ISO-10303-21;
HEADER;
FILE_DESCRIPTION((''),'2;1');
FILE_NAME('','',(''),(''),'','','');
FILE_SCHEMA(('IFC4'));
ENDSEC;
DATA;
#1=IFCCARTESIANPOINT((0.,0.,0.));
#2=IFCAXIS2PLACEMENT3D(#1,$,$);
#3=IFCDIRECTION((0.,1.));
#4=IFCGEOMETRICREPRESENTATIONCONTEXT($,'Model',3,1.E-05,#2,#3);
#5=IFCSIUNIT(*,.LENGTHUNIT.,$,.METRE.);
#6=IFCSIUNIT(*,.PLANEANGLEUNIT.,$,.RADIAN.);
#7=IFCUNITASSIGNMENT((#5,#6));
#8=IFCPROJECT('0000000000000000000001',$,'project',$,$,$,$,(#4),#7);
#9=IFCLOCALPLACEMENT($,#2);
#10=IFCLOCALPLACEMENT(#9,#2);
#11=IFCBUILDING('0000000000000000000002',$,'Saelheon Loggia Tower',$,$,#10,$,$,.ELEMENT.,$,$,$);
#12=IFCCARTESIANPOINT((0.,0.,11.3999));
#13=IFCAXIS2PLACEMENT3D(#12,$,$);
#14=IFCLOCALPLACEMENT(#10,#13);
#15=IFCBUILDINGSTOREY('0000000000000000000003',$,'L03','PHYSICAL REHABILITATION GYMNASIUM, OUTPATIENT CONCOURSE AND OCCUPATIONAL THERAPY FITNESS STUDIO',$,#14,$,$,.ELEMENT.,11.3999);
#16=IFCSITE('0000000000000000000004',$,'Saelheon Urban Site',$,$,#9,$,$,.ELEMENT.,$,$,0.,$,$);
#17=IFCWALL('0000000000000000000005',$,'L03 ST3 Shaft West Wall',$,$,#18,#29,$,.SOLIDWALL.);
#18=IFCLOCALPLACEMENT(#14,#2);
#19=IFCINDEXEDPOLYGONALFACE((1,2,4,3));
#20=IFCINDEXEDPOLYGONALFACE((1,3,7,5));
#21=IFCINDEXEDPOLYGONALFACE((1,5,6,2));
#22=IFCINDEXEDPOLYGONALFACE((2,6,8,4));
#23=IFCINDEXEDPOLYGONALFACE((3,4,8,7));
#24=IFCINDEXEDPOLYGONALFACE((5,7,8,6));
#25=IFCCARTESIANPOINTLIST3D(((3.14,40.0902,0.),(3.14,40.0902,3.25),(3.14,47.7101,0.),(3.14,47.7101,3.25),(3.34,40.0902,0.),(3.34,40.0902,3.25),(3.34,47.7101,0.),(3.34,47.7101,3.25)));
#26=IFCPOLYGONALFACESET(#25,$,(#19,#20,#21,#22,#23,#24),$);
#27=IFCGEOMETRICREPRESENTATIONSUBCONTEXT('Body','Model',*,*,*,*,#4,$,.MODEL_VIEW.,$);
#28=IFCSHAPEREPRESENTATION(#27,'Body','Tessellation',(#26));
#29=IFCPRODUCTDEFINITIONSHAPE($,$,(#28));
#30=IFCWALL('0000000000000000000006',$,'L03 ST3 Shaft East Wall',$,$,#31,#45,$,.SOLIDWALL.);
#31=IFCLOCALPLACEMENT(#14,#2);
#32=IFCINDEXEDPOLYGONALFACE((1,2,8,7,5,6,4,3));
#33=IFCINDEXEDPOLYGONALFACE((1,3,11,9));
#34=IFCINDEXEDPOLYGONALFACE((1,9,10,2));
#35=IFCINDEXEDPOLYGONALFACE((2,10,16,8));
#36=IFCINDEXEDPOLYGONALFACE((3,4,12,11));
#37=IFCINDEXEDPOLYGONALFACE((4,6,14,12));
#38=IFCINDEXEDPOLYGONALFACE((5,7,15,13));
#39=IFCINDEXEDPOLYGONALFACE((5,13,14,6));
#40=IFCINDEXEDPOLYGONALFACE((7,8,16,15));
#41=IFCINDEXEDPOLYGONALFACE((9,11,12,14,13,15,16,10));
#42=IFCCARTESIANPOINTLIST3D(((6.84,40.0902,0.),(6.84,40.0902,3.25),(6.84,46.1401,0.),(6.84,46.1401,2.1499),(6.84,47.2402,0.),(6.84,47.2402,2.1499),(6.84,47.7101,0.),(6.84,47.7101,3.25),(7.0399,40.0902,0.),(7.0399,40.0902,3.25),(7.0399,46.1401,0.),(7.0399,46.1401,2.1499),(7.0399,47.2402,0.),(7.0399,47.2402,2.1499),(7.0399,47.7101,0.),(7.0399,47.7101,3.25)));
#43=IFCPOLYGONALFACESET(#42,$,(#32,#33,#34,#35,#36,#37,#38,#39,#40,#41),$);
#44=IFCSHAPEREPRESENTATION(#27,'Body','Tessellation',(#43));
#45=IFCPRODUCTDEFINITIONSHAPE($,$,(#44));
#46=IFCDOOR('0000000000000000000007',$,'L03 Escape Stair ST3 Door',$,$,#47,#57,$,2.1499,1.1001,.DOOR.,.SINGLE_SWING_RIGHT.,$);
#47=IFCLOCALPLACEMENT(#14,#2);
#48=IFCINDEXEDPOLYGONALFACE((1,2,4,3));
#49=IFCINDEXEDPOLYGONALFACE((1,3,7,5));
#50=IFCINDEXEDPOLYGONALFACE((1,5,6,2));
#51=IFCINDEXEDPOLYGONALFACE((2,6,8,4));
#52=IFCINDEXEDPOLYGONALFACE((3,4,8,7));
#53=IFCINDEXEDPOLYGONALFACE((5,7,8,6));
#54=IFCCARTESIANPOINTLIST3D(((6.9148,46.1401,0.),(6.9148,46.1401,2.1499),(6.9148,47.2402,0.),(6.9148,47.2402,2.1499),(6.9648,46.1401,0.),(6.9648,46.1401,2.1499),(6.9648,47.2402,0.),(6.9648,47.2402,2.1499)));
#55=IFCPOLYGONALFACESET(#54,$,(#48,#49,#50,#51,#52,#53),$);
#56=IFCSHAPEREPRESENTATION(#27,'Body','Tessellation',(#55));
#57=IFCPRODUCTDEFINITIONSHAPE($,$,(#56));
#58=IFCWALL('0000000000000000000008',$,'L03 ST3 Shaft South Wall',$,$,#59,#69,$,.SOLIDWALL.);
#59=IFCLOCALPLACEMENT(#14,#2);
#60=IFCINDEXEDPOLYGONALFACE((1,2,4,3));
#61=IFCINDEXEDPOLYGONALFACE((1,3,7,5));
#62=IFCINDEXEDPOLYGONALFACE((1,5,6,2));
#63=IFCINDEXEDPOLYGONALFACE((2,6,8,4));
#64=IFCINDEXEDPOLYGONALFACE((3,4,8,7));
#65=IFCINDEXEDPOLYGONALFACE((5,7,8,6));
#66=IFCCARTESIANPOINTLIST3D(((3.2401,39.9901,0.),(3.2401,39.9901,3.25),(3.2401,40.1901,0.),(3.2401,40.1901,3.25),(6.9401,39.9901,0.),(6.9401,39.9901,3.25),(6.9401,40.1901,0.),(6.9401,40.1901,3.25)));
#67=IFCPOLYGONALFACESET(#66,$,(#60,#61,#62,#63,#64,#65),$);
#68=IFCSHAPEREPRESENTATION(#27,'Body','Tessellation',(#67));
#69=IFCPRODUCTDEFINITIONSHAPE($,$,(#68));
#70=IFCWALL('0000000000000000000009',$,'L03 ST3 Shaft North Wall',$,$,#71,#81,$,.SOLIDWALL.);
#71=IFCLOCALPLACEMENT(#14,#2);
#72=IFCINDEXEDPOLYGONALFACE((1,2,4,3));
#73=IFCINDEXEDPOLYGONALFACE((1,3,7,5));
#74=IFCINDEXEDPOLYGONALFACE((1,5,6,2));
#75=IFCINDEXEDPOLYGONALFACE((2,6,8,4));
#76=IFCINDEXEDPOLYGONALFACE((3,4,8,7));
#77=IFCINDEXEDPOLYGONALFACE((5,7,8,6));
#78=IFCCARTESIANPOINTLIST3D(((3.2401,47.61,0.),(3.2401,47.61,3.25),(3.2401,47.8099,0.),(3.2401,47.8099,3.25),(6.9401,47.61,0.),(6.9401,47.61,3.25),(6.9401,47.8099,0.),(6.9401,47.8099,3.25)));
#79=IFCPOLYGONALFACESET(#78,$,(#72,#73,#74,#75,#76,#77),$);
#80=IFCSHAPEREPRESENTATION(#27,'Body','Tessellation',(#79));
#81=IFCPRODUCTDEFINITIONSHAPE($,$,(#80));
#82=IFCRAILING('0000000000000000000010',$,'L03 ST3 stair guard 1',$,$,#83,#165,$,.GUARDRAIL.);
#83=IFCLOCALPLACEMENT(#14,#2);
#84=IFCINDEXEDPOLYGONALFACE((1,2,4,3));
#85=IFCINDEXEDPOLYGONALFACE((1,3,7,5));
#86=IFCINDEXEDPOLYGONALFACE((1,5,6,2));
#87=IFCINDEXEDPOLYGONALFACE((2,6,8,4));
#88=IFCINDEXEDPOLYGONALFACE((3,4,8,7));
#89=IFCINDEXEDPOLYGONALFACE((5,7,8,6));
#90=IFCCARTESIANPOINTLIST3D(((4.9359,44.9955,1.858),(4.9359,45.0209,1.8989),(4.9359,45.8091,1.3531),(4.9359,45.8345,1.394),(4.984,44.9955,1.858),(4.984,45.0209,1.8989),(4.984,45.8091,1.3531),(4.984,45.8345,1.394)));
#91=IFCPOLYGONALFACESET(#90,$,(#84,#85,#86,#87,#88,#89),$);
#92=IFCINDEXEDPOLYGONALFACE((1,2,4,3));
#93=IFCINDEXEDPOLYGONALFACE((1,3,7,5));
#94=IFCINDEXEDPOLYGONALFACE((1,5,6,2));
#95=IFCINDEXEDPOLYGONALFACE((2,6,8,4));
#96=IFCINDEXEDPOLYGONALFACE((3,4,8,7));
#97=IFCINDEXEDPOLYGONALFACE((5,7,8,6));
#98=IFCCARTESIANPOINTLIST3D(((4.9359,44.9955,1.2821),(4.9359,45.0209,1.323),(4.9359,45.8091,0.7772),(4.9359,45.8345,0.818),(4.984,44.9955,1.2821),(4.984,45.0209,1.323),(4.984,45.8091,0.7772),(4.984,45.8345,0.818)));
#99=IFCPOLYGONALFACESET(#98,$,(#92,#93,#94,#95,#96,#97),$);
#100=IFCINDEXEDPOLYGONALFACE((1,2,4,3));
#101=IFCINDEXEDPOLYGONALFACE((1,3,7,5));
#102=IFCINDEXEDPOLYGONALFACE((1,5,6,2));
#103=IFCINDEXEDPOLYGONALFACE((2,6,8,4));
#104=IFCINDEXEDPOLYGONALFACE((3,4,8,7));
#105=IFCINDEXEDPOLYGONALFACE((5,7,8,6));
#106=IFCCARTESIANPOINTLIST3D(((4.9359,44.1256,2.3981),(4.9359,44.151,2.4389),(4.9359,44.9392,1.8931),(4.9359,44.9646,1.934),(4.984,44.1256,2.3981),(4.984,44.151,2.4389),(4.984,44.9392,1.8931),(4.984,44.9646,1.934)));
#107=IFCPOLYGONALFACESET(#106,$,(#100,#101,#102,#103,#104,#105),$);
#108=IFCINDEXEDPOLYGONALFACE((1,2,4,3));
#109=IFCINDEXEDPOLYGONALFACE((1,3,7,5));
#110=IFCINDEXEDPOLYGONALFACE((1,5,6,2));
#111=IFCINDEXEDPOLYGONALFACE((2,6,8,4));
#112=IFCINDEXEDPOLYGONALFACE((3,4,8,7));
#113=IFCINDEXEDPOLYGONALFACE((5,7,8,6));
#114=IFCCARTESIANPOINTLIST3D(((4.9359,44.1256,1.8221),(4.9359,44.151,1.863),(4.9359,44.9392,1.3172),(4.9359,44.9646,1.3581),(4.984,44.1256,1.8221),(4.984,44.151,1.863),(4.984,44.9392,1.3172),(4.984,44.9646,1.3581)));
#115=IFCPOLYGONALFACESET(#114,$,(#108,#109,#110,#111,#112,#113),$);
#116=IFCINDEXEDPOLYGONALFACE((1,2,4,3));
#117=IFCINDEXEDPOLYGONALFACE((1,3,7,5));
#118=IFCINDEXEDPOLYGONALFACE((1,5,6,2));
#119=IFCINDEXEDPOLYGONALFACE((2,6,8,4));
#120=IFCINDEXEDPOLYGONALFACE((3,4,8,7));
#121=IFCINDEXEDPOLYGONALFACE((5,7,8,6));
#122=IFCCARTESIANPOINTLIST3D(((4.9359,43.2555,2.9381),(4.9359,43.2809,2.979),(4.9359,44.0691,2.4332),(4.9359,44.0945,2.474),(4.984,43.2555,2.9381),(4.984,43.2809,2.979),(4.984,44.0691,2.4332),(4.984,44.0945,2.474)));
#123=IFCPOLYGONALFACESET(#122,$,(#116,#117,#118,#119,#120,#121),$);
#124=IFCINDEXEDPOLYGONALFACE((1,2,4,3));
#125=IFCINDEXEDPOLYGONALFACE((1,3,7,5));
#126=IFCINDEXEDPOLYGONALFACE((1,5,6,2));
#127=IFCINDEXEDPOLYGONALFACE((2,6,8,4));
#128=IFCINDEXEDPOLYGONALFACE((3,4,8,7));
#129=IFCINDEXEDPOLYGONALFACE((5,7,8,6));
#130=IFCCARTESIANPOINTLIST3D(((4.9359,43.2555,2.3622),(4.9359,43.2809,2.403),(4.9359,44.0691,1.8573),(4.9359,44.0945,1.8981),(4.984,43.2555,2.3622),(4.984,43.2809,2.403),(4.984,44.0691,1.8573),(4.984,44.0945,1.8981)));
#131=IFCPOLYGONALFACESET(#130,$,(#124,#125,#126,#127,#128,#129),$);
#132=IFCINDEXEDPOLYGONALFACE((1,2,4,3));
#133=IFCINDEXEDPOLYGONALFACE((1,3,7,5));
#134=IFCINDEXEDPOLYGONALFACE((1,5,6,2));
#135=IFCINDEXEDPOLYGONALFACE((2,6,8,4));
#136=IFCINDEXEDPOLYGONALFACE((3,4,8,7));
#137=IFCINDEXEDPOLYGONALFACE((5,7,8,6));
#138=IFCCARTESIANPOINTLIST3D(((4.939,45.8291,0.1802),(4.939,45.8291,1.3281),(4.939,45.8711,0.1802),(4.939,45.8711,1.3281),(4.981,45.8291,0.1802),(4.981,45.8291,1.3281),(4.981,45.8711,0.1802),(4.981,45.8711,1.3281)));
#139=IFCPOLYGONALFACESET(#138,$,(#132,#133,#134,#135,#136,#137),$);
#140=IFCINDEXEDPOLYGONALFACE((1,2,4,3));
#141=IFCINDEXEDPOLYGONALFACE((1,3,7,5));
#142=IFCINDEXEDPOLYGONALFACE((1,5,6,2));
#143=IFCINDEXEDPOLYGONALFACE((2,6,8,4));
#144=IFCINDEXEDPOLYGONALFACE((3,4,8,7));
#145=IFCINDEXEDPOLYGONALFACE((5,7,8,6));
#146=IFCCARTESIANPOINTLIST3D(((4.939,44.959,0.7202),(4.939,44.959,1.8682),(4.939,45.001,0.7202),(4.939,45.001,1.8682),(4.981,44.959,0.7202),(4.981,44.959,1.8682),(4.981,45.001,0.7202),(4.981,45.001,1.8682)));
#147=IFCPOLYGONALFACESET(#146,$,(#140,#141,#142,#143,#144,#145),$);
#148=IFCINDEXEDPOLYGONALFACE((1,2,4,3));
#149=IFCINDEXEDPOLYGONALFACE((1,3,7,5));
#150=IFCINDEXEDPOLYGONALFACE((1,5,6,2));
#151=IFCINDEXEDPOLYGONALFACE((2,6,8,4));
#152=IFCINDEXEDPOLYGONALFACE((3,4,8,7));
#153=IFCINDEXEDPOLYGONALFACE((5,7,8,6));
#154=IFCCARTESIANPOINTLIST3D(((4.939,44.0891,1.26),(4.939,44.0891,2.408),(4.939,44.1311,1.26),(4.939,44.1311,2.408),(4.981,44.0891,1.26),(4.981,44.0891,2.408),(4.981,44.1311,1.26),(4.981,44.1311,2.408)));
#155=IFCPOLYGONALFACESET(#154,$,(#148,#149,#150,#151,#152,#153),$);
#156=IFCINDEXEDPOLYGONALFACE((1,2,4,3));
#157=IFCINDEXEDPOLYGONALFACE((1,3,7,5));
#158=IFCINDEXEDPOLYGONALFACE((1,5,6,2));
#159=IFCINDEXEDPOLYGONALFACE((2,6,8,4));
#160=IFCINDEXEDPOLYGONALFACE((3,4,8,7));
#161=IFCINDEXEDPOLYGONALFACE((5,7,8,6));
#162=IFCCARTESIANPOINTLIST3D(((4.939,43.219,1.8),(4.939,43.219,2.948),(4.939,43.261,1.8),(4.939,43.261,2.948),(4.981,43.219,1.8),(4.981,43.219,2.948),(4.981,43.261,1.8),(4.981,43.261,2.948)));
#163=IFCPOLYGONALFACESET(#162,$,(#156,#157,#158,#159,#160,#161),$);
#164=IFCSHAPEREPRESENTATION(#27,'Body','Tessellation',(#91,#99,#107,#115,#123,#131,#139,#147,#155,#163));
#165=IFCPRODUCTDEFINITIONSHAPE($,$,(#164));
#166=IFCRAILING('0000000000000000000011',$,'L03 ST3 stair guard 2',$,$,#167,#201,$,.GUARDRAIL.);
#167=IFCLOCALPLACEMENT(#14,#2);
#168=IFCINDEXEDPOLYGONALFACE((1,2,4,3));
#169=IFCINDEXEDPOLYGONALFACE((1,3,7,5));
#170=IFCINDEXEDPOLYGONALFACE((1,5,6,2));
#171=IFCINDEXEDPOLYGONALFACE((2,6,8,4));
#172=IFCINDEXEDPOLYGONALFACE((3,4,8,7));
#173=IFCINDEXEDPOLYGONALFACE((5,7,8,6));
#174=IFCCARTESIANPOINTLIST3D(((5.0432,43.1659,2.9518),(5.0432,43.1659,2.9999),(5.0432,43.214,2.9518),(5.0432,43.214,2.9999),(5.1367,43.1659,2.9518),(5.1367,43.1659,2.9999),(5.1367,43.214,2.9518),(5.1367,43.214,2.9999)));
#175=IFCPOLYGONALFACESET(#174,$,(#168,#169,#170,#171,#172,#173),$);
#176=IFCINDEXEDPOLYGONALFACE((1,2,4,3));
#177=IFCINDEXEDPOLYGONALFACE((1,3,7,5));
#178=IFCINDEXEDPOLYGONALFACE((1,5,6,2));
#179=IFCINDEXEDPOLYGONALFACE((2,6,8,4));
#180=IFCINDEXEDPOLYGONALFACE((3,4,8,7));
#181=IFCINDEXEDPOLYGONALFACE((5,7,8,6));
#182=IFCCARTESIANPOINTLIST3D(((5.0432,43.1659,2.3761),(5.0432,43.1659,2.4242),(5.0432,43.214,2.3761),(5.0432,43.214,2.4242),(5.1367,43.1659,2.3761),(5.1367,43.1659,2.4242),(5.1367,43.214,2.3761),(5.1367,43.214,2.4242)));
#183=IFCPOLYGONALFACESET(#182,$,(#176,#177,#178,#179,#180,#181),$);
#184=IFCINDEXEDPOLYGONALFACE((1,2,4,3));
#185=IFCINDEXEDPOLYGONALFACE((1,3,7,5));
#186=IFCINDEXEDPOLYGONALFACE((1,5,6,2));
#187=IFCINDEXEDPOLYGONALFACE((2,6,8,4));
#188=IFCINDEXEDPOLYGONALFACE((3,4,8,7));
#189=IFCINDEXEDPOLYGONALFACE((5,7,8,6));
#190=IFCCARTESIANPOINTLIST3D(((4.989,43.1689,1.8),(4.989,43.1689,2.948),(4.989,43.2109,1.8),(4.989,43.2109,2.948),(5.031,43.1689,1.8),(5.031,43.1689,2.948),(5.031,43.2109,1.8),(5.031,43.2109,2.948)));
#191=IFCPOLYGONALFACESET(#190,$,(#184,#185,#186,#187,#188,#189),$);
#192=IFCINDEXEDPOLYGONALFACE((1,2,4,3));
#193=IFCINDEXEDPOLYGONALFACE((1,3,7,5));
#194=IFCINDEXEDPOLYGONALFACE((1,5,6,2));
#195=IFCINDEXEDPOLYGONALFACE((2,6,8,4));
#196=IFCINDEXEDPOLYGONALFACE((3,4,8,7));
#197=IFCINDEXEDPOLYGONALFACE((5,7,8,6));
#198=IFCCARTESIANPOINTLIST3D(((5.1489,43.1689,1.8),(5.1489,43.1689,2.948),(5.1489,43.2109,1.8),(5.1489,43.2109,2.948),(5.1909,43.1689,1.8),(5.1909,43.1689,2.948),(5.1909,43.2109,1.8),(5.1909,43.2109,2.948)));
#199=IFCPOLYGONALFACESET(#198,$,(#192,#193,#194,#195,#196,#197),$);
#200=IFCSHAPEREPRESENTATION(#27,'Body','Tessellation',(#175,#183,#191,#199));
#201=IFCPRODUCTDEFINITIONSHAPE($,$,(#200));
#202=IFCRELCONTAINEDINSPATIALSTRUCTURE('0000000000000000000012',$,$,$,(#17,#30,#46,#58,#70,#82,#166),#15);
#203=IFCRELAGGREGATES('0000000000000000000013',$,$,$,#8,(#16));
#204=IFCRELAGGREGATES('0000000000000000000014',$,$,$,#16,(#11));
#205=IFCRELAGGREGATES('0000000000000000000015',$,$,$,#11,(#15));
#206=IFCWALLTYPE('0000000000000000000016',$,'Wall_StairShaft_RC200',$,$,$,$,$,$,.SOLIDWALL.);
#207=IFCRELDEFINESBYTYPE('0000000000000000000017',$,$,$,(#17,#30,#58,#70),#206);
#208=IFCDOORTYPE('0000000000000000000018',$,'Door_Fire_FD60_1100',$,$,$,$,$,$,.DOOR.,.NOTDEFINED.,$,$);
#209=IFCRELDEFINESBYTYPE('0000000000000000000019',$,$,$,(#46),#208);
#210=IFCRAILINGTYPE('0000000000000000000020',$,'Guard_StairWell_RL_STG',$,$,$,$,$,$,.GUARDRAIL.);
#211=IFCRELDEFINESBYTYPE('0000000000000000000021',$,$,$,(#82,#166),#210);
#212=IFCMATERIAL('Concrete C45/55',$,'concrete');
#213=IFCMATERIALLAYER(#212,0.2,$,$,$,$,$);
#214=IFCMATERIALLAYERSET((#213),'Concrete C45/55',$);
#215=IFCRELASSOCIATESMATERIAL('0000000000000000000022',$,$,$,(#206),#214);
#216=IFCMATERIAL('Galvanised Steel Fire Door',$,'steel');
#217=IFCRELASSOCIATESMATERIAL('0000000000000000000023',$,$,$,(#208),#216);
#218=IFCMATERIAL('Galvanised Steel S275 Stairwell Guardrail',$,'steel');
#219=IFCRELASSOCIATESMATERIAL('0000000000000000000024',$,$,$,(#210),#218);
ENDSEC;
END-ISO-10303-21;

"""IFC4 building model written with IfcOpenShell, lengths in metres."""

from ifc_helpers import new_model, si_unit, direction, frame, frame_2d, origin, origin_2d, place, context, subcontext, project, spatial, rectangle, extrude, source, transform, mapped, material, layer, layer_set, type_object, element, fill, save


model = new_model("IFC4")

# Units and contexts
model_context = context("Model", 3, precision=1e-05, world=origin(), true_north=direction((0.0, 1.0)))
body_context = subcontext(model_context, "Body", "Model", "MODEL_VIEW")
ifc_project = project(units=[si_unit("LENGTHUNIT", "METRE"), si_unit("PLANEANGLEUNIT", "RADIAN")], contexts=[model_context])

# Site, building, storey
site_placement = place(None, origin())
site = spatial("IfcSite", under=ifc_project, at=site_placement, Name="Saelheon Urban Site", CompositionType="ELEMENT", RefElevation=0.0)
building_placement = place(site_placement, origin())
building = spatial("IfcBuilding", under=site, at=building_placement, Name="Saelheon Loggia Tower", CompositionType="ELEMENT")
storey_placement = place(building_placement, frame((0.0, 0.0, 11.3999)))
storey = spatial("IfcBuildingStorey", under=building, at=storey_placement, Name="L03", Description="PHYSICAL REHABILITATION GYMNASIUM, OUTPATIENT CONCOURSE AND OCCUPATIONAL THERAPY FITNESS STUDIO", CompositionType="ELEMENT", Elevation=11.3999)

# Shared definitions
ifc_material_1 = material(Name="Concrete C45/55", Category="concrete")

# Wall
ifc_layer_1 = layer(ifc_material_1, 0.2)
ifc_layer_set_1 = layer_set([ifc_layer_1], Name="Concrete C45/55")
wall_type_1 = type_object("IfcWallType", Name="Wall_StairShaft_RC200", PredefinedType="SOLIDWALL", material=ifc_layer_set_1)
wall_1_placement = place(storey_placement, frame((3.24, 40.0901, 0.0), z_axis=(0.0, 0.0, 1.0), x_axis=(0.0, 1.0, 0.0)))
element("IfcWall", 1, at=wall_1_placement, inside=storey, type_object=wall_type_1, Name="L03 ST3 Shaft West Wall", PredefinedType="SOLIDWALL", context=body_context, shape_type="SweptSolid", body=[
    extrude(rectangle(XDim=7.6199, YDim=0.2, at=frame_2d((3.8101, 0.0))), origin(), (0.0, 0.0, 1.0), 3.25),
])

# Wall, opening, door
wall_2_placement = place(storey_placement, frame((6.9399, 40.0901, 0.0), z_axis=(0.0, 0.0, 1.0), x_axis=(0.0, 1.0, 0.0)))
wall_2 = element("IfcWall", 2, at=wall_2_placement, inside=storey, type_object=wall_type_1, Name="L03 ST3 Shaft East Wall", PredefinedType="SOLIDWALL", context=body_context, shape_type="SweptSolid", body=[
    extrude(rectangle(XDim=7.6199, YDim=0.2, at=frame_2d((3.8101, 0.0))), origin(), (0.0, 0.0, 1.0), 3.25),
])
opening_1_placement = place(wall_2_placement, frame((7.1501, 0.0, 0.0), z_axis=(0.0, 0.0, 1.0), x_axis=(-1.0, 0.0, 0.0)))
opening_1 = element("IfcOpeningElement", 3, at=opening_1_placement, cuts=wall_2, PredefinedType="OPENING", context=body_context, shape_type="SweptSolid", body=[
    extrude(rectangle(XDim=1.1001, YDim=2.1499, at=frame_2d((0.55, 1.075))), frame((0.0, 0.1121, 0.0), z_axis=(0.0, -1.0, 0.0), x_axis=(1.0, 0.0, 0.0)), (0.0, 0.0, 1.0), 0.2239),
])
ifc_material_2 = material(Name="Galvanised Steel Fire Door", Category="steel")
door_type_1 = type_object("IfcDoorType", Name="Door_Fire_FD60_1100", OperationType="NOTDEFINED", PredefinedType="DOOR", material=ifc_material_2)
shared_shape_1 = source(origin(), body_context, "Body", "SweptSolid", [
    extrude(rectangle(XDim=1.1001, YDim=2.1499, at=frame_2d((0.55, 1.075))), frame((0.0, 0.0249, 0.0), z_axis=(0.0, -1.0, 0.0), x_axis=(1.0, 0.0, 0.0)), (0.0, 0.0, 1.0), 0.05),
])
door_1_placement = place(opening_1_placement, origin())
door_1 = element("IfcDoor", 4, at=door_1_placement, inside=storey, type_object=door_type_1, Name="L03 Escape Stair ST3 Door", OperationType="SINGLE_SWING_RIGHT", OverallHeight=2.1499, OverallWidth=1.1001, PredefinedType="DOOR", context=body_context, shape_type="MappedRepresentation", body=[
    mapped(shared_shape_1, transform((0.0, 0.0, 0.0), scale=1.0)),
])
fill(opening_1, door_1)

# Walls
for number, where, z_axis, x_axis, name in (
    (5, (3.24, 40.0901, 0.0), (0.0, 0.0, 1.0), (1.0, 0.0, 0.0), "L03 ST3 Shaft South Wall"),
    (6, (3.24, 47.71, 0.0), (0.0, 0.0, 1.0), (1.0, 0.0, 0.0), "L03 ST3 Shaft North Wall"),
):
    element("IfcWall", number, at=place(storey_placement, frame(where, z_axis=z_axis, x_axis=x_axis)), inside=storey, type_object=wall_type_1, Name=name, PredefinedType="SOLIDWALL", context=body_context, shape_type="SweptSolid", body=[
        extrude(rectangle(XDim=3.7, YDim=0.2, at=frame_2d((1.8501, 0.0))), origin(), (0.0, 0.0, 1.0), 3.25),
    ])

# Railings
ifc_material_3 = material(Name="Galvanised Steel S275 Stairwell Guardrail", Category="steel")
railing_type_1 = type_object("IfcRailingType", Name="Guard_StairWell_RL_STG", PredefinedType="GUARDRAIL", material=ifc_material_3)
railing_1_placement = place(storey_placement, frame((4.96, 45.8501, 0.1802)))
element("IfcRailing", 7, at=railing_1_placement, inside=storey, type_object=railing_type_1, Name="L03 ST3 stair guard 1", PredefinedType="GUARDRAIL", context=body_context, shape_type="SweptSolid", body=[
    extrude(rectangle(XDim=0.0481, YDim=0.0481, at=origin_2d()), frame((0.0, -0.0283, 1.1934), z_axis=(0.0, -0.849668, 0.527317), x_axis=(1.0, 0.0, 0.0)), (0.0, 0.0, 1.0), 0.9575),
    extrude(rectangle(XDim=0.0481, YDim=0.0481, at=origin_2d()), frame((0.0, -0.0283, 0.6174), z_axis=(0.0, -0.849668, 0.527317), x_axis=(1.0, 0.0, 0.0)), (0.0, 0.0, 1.0), 0.9575),
    extrude(rectangle(XDim=0.0481, YDim=0.0481, at=origin_2d()), frame((0.0, -0.8982, 1.7334), z_axis=(0.0, -0.849668, 0.527317), x_axis=(1.0, 0.0, 0.0)), (0.0, 0.0, 1.0), 0.9575),
    extrude(rectangle(XDim=0.0481, YDim=0.0481, at=origin_2d()), frame((0.0, -0.8982, 1.1575), z_axis=(0.0, -0.849668, 0.527317), x_axis=(1.0, 0.0, 0.0)), (0.0, 0.0, 1.0), 0.9575),
    extrude(rectangle(XDim=0.0481, YDim=0.0481, at=origin_2d()), frame((0.0, -1.7683, 2.2734), z_axis=(0.0, -0.849668, 0.527317), x_axis=(1.0, 0.0, 0.0)), (0.0, 0.0, 1.0), 0.9575),
    extrude(rectangle(XDim=0.0481, YDim=0.0481, at=origin_2d()), frame((0.0, -1.7683, 1.6975), z_axis=(0.0, -0.849668, 0.527317), x_axis=(1.0, 0.0, 0.0)), (0.0, 0.0, 1.0), 0.9575),
    extrude(rectangle(XDim=0.042, YDim=0.042, at=origin_2d()), origin(), (0.0, 0.0, 1.0), 1.1479),
    extrude(rectangle(XDim=0.042, YDim=0.042, at=origin_2d()), frame((0.0, -0.8701, 0.54)), (0.0, 0.0, 1.0), 1.1479),
    extrude(rectangle(XDim=0.042, YDim=0.042, at=origin_2d()), frame((0.0, -1.74, 1.0798)), (0.0, 0.0, 1.0), 1.1479),
    extrude(rectangle(XDim=0.042, YDim=0.042, at=origin_2d()), frame((0.0, -2.6101, 1.6199)), (0.0, 0.0, 1.0), 1.1479),
])
railing_2_placement = place(storey_placement, frame((5.01, 43.1899, 1.8)))
element("IfcRailing", 8, at=railing_2_placement, inside=storey, type_object=railing_type_1, Name="L03 ST3 stair guard 2", PredefinedType="GUARDRAIL", context=body_context, shape_type="SweptSolid", body=[
    extrude(rectangle(XDim=0.0481, YDim=0.0481, at=origin_2d()), frame((0.0332, 0.0, 1.1758), z_axis=(1.0, 0.0, 0.0), x_axis=(0.0, 1.0, 0.0)), (0.0, 0.0, 1.0), 0.0935),
    extrude(rectangle(XDim=0.0481, YDim=0.0481, at=origin_2d()), frame((0.0332, 0.0, 0.6001), z_axis=(1.0, 0.0, 0.0), x_axis=(0.0, 1.0, 0.0)), (0.0, 0.0, 1.0), 0.0935),
    extrude(rectangle(XDim=0.042, YDim=0.042, at=origin_2d()), origin(), (0.0, 0.0, 1.0), 1.1479),
    extrude(rectangle(XDim=0.042, YDim=0.042, at=origin_2d()), frame((0.1599, 0.0, 0.0)), (0.0, 0.0, 1.0), 1.1479),
])

save(model, "model.ifc")
